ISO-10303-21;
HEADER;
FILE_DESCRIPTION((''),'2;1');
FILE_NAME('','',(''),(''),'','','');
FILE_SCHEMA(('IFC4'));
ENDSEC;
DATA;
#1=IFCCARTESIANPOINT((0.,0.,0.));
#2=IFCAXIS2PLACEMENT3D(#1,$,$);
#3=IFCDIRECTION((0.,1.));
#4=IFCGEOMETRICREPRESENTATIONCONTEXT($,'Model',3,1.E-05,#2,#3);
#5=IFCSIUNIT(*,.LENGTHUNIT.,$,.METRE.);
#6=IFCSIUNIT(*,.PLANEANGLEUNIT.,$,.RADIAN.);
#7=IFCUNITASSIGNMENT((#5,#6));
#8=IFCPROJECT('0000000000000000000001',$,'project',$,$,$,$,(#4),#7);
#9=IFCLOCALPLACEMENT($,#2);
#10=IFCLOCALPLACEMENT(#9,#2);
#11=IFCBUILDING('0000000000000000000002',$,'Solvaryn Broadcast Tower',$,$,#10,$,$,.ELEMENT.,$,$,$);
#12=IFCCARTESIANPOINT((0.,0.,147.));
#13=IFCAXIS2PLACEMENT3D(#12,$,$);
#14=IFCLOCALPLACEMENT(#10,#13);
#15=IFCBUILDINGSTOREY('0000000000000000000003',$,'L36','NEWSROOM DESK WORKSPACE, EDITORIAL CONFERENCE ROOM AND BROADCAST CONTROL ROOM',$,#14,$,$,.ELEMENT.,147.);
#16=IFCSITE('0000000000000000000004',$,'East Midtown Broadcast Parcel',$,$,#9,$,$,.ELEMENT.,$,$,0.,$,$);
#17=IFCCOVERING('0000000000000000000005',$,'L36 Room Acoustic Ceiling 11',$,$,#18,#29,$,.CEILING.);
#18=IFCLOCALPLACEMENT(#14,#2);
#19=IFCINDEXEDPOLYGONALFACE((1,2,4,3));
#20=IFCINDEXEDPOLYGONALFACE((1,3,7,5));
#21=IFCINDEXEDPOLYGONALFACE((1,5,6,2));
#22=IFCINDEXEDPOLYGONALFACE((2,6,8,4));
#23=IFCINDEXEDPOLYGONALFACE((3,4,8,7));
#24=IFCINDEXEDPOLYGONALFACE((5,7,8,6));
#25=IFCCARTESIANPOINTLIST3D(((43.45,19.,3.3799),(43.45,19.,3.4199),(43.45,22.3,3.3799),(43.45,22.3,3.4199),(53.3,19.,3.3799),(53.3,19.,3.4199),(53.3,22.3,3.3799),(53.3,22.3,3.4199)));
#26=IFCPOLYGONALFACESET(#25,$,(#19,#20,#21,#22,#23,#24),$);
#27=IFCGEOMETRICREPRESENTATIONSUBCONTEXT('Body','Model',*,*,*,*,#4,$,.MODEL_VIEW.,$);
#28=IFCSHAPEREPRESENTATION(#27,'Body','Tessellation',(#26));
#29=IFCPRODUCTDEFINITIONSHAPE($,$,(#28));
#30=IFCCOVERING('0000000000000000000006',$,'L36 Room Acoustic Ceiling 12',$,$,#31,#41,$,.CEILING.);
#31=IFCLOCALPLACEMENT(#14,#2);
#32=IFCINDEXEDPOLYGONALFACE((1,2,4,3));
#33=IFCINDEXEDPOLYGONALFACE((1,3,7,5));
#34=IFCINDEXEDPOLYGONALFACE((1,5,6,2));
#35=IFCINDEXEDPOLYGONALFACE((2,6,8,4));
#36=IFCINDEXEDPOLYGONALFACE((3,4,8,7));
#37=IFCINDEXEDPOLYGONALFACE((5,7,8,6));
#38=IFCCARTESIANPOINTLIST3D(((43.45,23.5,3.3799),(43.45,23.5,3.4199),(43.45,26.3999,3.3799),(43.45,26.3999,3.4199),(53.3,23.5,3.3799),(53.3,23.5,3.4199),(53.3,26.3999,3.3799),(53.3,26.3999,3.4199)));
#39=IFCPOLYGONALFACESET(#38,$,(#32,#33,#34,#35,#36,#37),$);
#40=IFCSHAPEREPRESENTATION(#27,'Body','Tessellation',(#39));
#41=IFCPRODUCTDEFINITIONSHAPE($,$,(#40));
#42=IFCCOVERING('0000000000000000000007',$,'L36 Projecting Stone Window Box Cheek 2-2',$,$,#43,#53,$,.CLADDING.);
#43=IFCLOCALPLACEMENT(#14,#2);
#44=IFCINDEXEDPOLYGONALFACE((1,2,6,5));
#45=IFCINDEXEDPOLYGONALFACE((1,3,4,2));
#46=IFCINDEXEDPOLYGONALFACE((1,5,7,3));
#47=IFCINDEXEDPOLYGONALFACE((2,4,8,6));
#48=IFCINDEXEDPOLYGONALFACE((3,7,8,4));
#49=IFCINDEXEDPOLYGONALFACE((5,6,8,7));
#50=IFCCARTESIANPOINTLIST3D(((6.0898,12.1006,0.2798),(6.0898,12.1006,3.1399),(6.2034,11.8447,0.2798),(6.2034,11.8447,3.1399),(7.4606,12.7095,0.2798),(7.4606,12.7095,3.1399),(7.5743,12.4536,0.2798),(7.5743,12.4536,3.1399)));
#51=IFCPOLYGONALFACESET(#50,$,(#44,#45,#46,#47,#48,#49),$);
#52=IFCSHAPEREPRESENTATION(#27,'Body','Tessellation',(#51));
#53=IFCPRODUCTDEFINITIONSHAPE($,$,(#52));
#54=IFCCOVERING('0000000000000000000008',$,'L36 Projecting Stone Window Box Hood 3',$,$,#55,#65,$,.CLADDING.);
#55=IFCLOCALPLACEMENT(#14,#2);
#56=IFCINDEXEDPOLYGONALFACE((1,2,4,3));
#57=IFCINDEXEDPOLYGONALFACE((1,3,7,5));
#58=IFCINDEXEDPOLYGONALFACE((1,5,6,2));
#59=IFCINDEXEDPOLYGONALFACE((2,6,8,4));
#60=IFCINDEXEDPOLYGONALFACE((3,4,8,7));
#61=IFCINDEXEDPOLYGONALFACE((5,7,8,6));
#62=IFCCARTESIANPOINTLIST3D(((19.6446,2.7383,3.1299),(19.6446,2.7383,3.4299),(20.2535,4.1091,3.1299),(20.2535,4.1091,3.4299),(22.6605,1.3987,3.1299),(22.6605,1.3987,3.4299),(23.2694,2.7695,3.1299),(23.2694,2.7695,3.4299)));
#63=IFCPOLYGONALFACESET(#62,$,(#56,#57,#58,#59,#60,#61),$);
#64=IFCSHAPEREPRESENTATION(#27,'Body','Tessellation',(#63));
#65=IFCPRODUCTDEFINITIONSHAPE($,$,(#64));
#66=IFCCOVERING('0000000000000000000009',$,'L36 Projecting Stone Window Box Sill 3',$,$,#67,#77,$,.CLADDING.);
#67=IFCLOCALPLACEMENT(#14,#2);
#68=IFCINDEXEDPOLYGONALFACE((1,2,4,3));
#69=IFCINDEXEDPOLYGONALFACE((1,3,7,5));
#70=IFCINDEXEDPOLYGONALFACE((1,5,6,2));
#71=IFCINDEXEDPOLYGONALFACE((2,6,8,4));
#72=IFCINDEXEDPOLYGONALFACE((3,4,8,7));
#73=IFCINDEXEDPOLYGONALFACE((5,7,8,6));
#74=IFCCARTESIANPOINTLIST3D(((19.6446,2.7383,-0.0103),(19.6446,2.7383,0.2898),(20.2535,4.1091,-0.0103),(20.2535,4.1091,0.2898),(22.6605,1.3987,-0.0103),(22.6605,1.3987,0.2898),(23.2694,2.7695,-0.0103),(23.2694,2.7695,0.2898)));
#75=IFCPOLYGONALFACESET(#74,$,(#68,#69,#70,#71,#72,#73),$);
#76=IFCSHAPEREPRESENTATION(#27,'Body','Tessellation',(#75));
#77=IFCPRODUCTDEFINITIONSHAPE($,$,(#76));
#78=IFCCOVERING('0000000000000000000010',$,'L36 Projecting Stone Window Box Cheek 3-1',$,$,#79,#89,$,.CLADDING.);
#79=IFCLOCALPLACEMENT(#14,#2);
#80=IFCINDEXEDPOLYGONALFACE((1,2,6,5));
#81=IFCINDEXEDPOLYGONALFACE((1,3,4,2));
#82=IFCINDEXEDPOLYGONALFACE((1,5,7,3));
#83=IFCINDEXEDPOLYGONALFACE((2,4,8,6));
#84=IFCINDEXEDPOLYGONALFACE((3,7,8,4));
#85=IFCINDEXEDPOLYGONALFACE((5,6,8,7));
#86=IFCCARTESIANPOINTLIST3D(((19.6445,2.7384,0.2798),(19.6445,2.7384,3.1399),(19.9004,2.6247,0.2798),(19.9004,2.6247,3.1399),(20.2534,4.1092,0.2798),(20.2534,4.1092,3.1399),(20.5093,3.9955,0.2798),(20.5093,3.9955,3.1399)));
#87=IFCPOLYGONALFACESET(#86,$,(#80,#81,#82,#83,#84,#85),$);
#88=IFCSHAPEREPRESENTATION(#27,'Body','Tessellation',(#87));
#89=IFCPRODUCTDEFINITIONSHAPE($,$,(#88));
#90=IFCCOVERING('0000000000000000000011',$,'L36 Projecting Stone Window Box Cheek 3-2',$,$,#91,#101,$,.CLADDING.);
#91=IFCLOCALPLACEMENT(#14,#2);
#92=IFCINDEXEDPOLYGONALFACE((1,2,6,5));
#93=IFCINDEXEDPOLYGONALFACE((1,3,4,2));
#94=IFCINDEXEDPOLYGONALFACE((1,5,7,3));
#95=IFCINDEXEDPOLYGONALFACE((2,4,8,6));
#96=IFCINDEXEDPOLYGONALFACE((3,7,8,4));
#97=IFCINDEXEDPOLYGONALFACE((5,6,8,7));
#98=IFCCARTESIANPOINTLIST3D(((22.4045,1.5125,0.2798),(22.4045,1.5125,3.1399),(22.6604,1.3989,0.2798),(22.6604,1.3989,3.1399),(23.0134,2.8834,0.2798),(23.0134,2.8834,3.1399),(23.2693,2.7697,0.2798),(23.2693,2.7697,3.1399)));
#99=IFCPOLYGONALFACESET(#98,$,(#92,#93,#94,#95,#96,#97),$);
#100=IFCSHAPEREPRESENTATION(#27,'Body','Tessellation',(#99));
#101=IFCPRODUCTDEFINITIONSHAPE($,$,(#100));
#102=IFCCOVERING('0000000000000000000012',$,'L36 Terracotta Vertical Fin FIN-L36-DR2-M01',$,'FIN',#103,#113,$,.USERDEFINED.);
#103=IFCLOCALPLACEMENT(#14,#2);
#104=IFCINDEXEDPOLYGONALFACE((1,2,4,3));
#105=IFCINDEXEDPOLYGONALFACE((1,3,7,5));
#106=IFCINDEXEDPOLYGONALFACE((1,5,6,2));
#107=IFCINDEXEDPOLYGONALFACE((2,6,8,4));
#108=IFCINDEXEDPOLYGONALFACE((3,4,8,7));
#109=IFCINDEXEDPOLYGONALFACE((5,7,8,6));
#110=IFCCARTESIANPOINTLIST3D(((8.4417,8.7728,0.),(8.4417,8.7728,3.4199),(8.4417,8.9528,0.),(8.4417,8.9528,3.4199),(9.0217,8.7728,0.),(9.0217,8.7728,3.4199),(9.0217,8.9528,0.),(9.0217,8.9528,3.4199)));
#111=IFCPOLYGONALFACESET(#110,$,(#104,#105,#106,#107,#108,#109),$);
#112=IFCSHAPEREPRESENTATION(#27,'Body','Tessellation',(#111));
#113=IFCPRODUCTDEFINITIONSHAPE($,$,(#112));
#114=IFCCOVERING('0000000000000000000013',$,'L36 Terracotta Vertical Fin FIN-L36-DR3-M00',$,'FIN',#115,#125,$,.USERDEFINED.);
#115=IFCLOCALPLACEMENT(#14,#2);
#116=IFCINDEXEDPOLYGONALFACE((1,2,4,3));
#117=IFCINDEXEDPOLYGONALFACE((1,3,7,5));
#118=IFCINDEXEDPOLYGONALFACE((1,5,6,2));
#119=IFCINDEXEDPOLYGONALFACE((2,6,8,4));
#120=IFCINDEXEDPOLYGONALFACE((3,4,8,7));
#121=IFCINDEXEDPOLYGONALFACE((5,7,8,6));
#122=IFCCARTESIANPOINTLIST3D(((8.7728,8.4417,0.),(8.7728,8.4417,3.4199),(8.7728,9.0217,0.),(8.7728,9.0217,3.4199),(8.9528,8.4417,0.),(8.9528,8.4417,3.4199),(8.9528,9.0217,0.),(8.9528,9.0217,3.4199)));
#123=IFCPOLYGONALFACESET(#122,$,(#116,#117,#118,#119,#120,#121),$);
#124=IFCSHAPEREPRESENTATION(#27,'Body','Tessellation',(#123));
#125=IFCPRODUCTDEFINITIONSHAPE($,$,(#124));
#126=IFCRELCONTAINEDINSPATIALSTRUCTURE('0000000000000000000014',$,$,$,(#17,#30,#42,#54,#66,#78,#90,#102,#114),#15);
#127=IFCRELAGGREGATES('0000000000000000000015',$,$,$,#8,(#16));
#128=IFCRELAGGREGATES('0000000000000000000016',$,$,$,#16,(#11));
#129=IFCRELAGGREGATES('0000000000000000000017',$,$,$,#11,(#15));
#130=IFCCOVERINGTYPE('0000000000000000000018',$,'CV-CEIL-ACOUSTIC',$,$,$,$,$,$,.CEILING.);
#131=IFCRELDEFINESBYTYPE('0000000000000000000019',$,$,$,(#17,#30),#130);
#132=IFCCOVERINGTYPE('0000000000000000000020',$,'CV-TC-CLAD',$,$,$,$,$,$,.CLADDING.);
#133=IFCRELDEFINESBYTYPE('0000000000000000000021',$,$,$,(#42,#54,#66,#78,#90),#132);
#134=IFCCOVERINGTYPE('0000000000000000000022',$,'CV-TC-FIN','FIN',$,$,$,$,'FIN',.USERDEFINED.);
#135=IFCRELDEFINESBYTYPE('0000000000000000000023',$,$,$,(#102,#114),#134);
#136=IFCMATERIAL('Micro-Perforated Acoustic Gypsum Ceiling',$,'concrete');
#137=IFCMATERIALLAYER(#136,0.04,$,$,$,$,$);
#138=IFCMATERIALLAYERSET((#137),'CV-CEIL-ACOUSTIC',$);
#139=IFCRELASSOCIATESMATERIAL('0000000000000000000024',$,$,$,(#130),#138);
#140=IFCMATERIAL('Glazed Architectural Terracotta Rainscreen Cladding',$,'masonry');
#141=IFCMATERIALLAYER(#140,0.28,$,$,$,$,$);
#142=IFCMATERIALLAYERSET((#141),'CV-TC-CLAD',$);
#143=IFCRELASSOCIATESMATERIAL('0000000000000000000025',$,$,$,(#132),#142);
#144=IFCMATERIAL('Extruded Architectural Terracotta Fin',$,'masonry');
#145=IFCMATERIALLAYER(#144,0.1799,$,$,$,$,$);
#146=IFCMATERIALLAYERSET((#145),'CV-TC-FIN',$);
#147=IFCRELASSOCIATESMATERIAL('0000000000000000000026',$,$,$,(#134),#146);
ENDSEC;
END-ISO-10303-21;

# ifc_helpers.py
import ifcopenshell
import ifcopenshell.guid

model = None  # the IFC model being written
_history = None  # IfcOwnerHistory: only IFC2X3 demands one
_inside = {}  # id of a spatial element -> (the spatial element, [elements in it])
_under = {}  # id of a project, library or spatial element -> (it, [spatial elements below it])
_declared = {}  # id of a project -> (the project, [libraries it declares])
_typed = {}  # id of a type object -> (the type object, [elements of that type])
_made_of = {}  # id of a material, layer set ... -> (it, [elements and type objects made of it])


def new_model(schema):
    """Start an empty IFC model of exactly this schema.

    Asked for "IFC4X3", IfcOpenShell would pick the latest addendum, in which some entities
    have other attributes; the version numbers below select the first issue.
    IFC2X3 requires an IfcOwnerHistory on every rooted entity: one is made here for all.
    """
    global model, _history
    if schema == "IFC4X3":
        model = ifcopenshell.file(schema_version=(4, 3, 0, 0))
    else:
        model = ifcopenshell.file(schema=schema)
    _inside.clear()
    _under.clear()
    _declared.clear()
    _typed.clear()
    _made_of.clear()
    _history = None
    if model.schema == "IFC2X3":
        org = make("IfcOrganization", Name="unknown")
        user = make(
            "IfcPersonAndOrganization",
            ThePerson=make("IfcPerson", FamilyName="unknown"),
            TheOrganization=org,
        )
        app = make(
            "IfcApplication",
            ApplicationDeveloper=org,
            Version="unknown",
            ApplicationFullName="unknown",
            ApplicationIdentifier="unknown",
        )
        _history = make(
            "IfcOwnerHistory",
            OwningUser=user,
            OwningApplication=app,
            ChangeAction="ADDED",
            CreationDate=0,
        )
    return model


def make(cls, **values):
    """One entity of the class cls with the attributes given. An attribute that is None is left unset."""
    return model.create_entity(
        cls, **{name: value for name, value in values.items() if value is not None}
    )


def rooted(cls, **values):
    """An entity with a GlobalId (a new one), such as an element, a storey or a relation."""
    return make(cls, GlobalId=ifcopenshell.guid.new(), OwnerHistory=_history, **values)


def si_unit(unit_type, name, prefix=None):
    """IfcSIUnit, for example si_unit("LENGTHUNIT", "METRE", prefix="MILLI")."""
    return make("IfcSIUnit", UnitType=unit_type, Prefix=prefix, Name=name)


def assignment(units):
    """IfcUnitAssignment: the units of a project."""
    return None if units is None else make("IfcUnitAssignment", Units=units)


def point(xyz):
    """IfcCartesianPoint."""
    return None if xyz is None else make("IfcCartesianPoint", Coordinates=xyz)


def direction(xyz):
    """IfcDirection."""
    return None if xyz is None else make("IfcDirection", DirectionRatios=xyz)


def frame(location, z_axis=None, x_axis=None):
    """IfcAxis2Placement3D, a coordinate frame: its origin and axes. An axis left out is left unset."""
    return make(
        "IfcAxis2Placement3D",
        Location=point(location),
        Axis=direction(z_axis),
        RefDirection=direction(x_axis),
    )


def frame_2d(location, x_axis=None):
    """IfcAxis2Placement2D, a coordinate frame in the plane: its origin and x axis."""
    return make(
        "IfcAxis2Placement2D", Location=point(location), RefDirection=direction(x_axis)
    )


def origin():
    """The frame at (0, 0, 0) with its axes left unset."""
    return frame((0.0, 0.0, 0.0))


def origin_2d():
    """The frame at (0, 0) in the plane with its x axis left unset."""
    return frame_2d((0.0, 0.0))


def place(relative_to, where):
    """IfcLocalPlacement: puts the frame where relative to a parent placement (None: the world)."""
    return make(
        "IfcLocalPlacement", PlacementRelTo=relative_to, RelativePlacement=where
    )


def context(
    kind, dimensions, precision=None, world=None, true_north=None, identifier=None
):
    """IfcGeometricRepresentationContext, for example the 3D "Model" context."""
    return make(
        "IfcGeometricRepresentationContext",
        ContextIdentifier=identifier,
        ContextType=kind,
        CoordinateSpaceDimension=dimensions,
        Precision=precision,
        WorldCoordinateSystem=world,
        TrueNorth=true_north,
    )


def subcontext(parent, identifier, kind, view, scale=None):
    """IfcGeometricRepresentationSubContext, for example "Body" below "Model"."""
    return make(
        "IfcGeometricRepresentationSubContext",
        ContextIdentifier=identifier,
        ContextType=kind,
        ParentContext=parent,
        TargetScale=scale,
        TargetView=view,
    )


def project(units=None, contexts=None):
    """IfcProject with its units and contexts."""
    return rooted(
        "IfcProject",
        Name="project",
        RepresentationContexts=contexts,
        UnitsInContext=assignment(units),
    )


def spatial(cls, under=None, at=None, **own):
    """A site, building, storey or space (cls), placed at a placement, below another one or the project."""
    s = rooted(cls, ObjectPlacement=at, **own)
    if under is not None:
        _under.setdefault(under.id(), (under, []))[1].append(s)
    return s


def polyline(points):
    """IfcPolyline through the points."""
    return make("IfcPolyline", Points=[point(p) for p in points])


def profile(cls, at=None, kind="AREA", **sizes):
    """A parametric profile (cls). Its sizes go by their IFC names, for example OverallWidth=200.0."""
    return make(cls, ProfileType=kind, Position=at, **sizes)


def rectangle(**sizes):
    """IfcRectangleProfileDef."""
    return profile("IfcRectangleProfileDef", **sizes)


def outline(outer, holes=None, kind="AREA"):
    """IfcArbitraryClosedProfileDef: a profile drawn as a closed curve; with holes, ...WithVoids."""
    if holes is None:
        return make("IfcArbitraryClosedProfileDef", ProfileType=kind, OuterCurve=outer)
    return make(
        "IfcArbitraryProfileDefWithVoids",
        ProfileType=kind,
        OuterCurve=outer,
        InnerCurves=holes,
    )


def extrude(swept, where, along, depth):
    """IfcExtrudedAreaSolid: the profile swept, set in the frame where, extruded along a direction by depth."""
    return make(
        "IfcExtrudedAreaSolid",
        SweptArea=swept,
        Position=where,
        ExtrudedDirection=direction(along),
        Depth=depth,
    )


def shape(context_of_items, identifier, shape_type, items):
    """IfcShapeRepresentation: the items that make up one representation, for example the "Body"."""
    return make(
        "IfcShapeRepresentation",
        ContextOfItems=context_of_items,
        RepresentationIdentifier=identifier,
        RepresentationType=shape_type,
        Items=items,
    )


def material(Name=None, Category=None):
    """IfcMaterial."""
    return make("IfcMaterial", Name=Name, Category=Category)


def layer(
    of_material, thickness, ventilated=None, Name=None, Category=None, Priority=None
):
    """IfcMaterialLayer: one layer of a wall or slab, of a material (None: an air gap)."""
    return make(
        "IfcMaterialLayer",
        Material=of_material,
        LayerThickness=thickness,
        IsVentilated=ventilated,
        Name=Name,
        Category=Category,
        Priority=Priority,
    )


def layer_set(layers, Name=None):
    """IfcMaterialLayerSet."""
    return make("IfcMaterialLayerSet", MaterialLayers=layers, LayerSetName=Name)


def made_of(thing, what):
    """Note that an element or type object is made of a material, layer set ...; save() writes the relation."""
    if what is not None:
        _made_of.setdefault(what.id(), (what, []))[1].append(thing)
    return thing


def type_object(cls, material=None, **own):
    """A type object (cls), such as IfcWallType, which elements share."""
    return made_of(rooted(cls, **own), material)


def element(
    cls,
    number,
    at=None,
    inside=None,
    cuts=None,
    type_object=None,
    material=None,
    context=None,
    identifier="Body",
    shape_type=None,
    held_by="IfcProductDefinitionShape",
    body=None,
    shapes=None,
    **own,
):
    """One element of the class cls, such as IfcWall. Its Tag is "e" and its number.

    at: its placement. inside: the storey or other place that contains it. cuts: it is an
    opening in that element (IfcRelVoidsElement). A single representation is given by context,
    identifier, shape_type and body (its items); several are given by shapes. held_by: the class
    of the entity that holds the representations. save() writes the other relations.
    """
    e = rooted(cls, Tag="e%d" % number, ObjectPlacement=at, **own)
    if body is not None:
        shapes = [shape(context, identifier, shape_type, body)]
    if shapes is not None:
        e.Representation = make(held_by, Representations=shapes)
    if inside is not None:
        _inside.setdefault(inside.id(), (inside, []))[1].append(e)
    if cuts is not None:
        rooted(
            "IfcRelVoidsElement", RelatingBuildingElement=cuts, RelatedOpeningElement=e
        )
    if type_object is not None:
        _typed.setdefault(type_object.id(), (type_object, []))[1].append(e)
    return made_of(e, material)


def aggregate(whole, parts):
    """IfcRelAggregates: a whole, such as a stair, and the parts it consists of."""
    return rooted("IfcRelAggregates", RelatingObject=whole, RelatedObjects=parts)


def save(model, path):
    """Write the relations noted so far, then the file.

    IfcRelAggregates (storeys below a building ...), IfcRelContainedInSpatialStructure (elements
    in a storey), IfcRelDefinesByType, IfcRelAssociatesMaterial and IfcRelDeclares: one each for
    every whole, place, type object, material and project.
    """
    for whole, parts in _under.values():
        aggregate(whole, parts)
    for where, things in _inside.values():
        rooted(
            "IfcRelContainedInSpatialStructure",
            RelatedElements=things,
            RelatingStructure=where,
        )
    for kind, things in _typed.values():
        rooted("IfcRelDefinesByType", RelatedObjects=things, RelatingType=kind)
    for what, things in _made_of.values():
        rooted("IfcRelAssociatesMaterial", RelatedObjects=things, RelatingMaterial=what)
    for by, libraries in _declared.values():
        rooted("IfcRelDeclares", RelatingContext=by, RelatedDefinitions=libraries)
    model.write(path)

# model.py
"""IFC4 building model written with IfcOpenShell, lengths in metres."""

from ifc_helpers import new_model, si_unit, direction, frame, origin, origin_2d, place, context, subcontext, project, spatial, polyline, rectangle, outline, extrude, material, layer, layer_set, type_object, element, save


model = new_model("IFC4")

# Units and contexts
model_context = context("Model", 3, precision=1e-05, world=origin(), true_north=direction((0.0, 1.0)))
body_context = subcontext(model_context, "Body", "Model", "MODEL_VIEW")
ifc_project = project(units=[si_unit("LENGTHUNIT", "METRE"), si_unit("PLANEANGLEUNIT", "RADIAN")], contexts=[model_context])

# Site, building, storey
site_placement = place(None, origin())
site = spatial("IfcSite", under=ifc_project, at=site_placement, Name="East Midtown Broadcast Parcel", CompositionType="ELEMENT", RefElevation=0.0)
building_placement = place(site_placement, origin())
building = spatial("IfcBuilding", under=site, at=building_placement, Name="Solvaryn Broadcast Tower", CompositionType="ELEMENT")
storey_placement = place(building_placement, frame((0.0, 0.0, 147.0)))
storey = spatial("IfcBuildingStorey", under=building, at=storey_placement, Name="L36", Description="NEWSROOM DESK WORKSPACE, EDITORIAL CONFERENCE ROOM AND BROADCAST CONTROL ROOM", CompositionType="ELEMENT", Elevation=147.0)

# Coverings
ifc_material_1 = material(Name="Micro-Perforated Acoustic Gypsum Ceiling", Category="concrete")
ifc_layer_1 = layer(ifc_material_1, 0.04)
ifc_layer_set_1 = layer_set([ifc_layer_1], Name="CV-CEIL-ACOUSTIC")
covering_type_1 = type_object("IfcCoveringType", Name="CV-CEIL-ACOUSTIC", PredefinedType="CEILING", material=ifc_layer_set_1)
covering_1_placement = place(storey_placement, frame((0.0, 0.0, 3.3799)))
element("IfcCovering", 1, at=covering_1_placement, inside=storey, type_object=covering_type_1, Name="L36 Room Acoustic Ceiling 11", PredefinedType="CEILING", context=body_context, shape_type="SweptSolid", body=[
    extrude(outline(polyline([(43.45, 19.0), (53.3, 19.0), (53.3, 22.3), (43.45, 22.3), (43.45, 19.0)])), origin(), (0.0, 0.0, 1.0), 0.04),
])
covering_2_placement = place(storey_placement, frame((0.0, 0.0, 3.3799)))
element("IfcCovering", 2, at=covering_2_placement, inside=storey, type_object=covering_type_1, Name="L36 Room Acoustic Ceiling 12", PredefinedType="CEILING", context=body_context, shape_type="SweptSolid", body=[
    extrude(outline(polyline([(43.45, 23.5), (53.3, 23.5), (53.3, 26.3999), (43.45, 26.3999), (43.45, 23.5)])), origin(), (0.0, 0.0, 1.0), 0.04),
])
ifc_material_2 = material(Name="Glazed Architectural Terracotta Rainscreen Cladding", Category="masonry")
ifc_layer_2 = layer(ifc_material_2, 0.28)
ifc_layer_set_2 = layer_set([ifc_layer_2], Name="CV-TC-CLAD")
covering_type_2 = type_object("IfcCoveringType", Name="CV-TC-CLAD", PredefinedType="CLADDING", material=ifc_layer_set_2)
covering_3_placement = place(storey_placement, frame((6.832, 12.2771, 0.2798), z_axis=(0.0, 0.0, 1.0), x_axis=(0.405939, -0.9139, 0.0)))
element("IfcCovering", 3, at=covering_3_placement, inside=storey, type_object=covering_type_2, Name="L36 Projecting Stone Window Box Cheek 2-2", PredefinedType="CLADDING", context=body_context, shape_type="SweptSolid", body=[
    extrude(rectangle(XDim=0.28, YDim=1.5, at=origin_2d()), origin(), (0.0, 0.0, 1.0), 2.8601),
])
for number, where, z_axis, x_axis, name in (
    (4, (21.457, 2.7539, 3.1299), (0.0, 0.0, 1.0), (0.9139, -0.405939, 0.0), "L36 Projecting Stone Window Box Hood 3"),
    (5, (21.457, 2.7539, -0.0103), (0.0, 0.0, 1.0), (0.9139, -0.405939, 0.0), "L36 Projecting Stone Window Box Sill 3"),
):
    element("IfcCovering", number, at=place(storey_placement, frame(where, z_axis=z_axis, x_axis=x_axis)), inside=storey, type_object=covering_type_2, Name=name, PredefinedType="CLADDING", context=body_context, shape_type="SweptSolid", body=[
        extrude(rectangle(XDim=3.3, YDim=1.5, at=origin_2d()), origin(), (0.0, 0.0, 1.0), 0.3),
    ])
for number, where, z_axis, x_axis, name in (
    (6, (20.0769, 3.3669, 0.2798), (0.0, 0.0, 1.0), (0.9139, -0.405939, 0.0), "L36 Projecting Stone Window Box Cheek 3-1"),
    (7, (22.8369, 2.1411, 0.2798), (0.0, 0.0, 1.0), (0.9139, -0.405939, 0.0), "L36 Projecting Stone Window Box Cheek 3-2"),
):
    element("IfcCovering", number, at=place(storey_placement, frame(where, z_axis=z_axis, x_axis=x_axis)), inside=storey, type_object=covering_type_2, Name=name, PredefinedType="CLADDING", context=body_context, shape_type="SweptSolid", body=[
        extrude(rectangle(XDim=0.28, YDim=1.5, at=origin_2d()), origin(), (0.0, 0.0, 1.0), 2.8601),
    ])
ifc_material_3 = material(Name="Extruded Architectural Terracotta Fin", Category="masonry")
ifc_layer_3 = layer(ifc_material_3, 0.1799)
ifc_layer_set_3 = layer_set([ifc_layer_3], Name="CV-TC-FIN")
covering_type_3 = type_object("IfcCoveringType", Name="CV-TC-FIN", Description="FIN", ElementType="FIN", PredefinedType="USERDEFINED", material=ifc_layer_set_3)
covering_4_placement = place(storey_placement, frame((8.7317, 8.8628, 0.0), z_axis=(0.0, 0.0, 1.0), x_axis=(1.0, 0.0, 0.0)))
element("IfcCovering", 8, at=covering_4_placement, inside=storey, type_object=covering_type_3, Name="L36 Terracotta Vertical Fin FIN-L36-DR2-M01", ObjectType="FIN", PredefinedType="USERDEFINED", context=body_context, shape_type="SweptSolid", body=[
    extrude(rectangle(XDim=0.5801, YDim=0.1799, at=origin_2d()), origin(), (0.0, 0.0, 1.0), 3.4199),
])
covering_5_placement = place(storey_placement, frame((8.8628, 8.7317, 0.0), z_axis=(0.0, 0.0, 1.0), x_axis=(1.0, 0.0, 0.0)))
element("IfcCovering", 9, at=covering_5_placement, inside=storey, type_object=covering_type_3, Name="L36 Terracotta Vertical Fin FIN-L36-DR3-M00", ObjectType="FIN", PredefinedType="USERDEFINED", context=body_context, shape_type="SweptSolid", body=[
    extrude(rectangle(XDim=0.1799, YDim=0.5801, at=origin_2d()), origin(), (0.0, 0.0, 1.0), 3.4199),
])

save(model, "model.ifc")
